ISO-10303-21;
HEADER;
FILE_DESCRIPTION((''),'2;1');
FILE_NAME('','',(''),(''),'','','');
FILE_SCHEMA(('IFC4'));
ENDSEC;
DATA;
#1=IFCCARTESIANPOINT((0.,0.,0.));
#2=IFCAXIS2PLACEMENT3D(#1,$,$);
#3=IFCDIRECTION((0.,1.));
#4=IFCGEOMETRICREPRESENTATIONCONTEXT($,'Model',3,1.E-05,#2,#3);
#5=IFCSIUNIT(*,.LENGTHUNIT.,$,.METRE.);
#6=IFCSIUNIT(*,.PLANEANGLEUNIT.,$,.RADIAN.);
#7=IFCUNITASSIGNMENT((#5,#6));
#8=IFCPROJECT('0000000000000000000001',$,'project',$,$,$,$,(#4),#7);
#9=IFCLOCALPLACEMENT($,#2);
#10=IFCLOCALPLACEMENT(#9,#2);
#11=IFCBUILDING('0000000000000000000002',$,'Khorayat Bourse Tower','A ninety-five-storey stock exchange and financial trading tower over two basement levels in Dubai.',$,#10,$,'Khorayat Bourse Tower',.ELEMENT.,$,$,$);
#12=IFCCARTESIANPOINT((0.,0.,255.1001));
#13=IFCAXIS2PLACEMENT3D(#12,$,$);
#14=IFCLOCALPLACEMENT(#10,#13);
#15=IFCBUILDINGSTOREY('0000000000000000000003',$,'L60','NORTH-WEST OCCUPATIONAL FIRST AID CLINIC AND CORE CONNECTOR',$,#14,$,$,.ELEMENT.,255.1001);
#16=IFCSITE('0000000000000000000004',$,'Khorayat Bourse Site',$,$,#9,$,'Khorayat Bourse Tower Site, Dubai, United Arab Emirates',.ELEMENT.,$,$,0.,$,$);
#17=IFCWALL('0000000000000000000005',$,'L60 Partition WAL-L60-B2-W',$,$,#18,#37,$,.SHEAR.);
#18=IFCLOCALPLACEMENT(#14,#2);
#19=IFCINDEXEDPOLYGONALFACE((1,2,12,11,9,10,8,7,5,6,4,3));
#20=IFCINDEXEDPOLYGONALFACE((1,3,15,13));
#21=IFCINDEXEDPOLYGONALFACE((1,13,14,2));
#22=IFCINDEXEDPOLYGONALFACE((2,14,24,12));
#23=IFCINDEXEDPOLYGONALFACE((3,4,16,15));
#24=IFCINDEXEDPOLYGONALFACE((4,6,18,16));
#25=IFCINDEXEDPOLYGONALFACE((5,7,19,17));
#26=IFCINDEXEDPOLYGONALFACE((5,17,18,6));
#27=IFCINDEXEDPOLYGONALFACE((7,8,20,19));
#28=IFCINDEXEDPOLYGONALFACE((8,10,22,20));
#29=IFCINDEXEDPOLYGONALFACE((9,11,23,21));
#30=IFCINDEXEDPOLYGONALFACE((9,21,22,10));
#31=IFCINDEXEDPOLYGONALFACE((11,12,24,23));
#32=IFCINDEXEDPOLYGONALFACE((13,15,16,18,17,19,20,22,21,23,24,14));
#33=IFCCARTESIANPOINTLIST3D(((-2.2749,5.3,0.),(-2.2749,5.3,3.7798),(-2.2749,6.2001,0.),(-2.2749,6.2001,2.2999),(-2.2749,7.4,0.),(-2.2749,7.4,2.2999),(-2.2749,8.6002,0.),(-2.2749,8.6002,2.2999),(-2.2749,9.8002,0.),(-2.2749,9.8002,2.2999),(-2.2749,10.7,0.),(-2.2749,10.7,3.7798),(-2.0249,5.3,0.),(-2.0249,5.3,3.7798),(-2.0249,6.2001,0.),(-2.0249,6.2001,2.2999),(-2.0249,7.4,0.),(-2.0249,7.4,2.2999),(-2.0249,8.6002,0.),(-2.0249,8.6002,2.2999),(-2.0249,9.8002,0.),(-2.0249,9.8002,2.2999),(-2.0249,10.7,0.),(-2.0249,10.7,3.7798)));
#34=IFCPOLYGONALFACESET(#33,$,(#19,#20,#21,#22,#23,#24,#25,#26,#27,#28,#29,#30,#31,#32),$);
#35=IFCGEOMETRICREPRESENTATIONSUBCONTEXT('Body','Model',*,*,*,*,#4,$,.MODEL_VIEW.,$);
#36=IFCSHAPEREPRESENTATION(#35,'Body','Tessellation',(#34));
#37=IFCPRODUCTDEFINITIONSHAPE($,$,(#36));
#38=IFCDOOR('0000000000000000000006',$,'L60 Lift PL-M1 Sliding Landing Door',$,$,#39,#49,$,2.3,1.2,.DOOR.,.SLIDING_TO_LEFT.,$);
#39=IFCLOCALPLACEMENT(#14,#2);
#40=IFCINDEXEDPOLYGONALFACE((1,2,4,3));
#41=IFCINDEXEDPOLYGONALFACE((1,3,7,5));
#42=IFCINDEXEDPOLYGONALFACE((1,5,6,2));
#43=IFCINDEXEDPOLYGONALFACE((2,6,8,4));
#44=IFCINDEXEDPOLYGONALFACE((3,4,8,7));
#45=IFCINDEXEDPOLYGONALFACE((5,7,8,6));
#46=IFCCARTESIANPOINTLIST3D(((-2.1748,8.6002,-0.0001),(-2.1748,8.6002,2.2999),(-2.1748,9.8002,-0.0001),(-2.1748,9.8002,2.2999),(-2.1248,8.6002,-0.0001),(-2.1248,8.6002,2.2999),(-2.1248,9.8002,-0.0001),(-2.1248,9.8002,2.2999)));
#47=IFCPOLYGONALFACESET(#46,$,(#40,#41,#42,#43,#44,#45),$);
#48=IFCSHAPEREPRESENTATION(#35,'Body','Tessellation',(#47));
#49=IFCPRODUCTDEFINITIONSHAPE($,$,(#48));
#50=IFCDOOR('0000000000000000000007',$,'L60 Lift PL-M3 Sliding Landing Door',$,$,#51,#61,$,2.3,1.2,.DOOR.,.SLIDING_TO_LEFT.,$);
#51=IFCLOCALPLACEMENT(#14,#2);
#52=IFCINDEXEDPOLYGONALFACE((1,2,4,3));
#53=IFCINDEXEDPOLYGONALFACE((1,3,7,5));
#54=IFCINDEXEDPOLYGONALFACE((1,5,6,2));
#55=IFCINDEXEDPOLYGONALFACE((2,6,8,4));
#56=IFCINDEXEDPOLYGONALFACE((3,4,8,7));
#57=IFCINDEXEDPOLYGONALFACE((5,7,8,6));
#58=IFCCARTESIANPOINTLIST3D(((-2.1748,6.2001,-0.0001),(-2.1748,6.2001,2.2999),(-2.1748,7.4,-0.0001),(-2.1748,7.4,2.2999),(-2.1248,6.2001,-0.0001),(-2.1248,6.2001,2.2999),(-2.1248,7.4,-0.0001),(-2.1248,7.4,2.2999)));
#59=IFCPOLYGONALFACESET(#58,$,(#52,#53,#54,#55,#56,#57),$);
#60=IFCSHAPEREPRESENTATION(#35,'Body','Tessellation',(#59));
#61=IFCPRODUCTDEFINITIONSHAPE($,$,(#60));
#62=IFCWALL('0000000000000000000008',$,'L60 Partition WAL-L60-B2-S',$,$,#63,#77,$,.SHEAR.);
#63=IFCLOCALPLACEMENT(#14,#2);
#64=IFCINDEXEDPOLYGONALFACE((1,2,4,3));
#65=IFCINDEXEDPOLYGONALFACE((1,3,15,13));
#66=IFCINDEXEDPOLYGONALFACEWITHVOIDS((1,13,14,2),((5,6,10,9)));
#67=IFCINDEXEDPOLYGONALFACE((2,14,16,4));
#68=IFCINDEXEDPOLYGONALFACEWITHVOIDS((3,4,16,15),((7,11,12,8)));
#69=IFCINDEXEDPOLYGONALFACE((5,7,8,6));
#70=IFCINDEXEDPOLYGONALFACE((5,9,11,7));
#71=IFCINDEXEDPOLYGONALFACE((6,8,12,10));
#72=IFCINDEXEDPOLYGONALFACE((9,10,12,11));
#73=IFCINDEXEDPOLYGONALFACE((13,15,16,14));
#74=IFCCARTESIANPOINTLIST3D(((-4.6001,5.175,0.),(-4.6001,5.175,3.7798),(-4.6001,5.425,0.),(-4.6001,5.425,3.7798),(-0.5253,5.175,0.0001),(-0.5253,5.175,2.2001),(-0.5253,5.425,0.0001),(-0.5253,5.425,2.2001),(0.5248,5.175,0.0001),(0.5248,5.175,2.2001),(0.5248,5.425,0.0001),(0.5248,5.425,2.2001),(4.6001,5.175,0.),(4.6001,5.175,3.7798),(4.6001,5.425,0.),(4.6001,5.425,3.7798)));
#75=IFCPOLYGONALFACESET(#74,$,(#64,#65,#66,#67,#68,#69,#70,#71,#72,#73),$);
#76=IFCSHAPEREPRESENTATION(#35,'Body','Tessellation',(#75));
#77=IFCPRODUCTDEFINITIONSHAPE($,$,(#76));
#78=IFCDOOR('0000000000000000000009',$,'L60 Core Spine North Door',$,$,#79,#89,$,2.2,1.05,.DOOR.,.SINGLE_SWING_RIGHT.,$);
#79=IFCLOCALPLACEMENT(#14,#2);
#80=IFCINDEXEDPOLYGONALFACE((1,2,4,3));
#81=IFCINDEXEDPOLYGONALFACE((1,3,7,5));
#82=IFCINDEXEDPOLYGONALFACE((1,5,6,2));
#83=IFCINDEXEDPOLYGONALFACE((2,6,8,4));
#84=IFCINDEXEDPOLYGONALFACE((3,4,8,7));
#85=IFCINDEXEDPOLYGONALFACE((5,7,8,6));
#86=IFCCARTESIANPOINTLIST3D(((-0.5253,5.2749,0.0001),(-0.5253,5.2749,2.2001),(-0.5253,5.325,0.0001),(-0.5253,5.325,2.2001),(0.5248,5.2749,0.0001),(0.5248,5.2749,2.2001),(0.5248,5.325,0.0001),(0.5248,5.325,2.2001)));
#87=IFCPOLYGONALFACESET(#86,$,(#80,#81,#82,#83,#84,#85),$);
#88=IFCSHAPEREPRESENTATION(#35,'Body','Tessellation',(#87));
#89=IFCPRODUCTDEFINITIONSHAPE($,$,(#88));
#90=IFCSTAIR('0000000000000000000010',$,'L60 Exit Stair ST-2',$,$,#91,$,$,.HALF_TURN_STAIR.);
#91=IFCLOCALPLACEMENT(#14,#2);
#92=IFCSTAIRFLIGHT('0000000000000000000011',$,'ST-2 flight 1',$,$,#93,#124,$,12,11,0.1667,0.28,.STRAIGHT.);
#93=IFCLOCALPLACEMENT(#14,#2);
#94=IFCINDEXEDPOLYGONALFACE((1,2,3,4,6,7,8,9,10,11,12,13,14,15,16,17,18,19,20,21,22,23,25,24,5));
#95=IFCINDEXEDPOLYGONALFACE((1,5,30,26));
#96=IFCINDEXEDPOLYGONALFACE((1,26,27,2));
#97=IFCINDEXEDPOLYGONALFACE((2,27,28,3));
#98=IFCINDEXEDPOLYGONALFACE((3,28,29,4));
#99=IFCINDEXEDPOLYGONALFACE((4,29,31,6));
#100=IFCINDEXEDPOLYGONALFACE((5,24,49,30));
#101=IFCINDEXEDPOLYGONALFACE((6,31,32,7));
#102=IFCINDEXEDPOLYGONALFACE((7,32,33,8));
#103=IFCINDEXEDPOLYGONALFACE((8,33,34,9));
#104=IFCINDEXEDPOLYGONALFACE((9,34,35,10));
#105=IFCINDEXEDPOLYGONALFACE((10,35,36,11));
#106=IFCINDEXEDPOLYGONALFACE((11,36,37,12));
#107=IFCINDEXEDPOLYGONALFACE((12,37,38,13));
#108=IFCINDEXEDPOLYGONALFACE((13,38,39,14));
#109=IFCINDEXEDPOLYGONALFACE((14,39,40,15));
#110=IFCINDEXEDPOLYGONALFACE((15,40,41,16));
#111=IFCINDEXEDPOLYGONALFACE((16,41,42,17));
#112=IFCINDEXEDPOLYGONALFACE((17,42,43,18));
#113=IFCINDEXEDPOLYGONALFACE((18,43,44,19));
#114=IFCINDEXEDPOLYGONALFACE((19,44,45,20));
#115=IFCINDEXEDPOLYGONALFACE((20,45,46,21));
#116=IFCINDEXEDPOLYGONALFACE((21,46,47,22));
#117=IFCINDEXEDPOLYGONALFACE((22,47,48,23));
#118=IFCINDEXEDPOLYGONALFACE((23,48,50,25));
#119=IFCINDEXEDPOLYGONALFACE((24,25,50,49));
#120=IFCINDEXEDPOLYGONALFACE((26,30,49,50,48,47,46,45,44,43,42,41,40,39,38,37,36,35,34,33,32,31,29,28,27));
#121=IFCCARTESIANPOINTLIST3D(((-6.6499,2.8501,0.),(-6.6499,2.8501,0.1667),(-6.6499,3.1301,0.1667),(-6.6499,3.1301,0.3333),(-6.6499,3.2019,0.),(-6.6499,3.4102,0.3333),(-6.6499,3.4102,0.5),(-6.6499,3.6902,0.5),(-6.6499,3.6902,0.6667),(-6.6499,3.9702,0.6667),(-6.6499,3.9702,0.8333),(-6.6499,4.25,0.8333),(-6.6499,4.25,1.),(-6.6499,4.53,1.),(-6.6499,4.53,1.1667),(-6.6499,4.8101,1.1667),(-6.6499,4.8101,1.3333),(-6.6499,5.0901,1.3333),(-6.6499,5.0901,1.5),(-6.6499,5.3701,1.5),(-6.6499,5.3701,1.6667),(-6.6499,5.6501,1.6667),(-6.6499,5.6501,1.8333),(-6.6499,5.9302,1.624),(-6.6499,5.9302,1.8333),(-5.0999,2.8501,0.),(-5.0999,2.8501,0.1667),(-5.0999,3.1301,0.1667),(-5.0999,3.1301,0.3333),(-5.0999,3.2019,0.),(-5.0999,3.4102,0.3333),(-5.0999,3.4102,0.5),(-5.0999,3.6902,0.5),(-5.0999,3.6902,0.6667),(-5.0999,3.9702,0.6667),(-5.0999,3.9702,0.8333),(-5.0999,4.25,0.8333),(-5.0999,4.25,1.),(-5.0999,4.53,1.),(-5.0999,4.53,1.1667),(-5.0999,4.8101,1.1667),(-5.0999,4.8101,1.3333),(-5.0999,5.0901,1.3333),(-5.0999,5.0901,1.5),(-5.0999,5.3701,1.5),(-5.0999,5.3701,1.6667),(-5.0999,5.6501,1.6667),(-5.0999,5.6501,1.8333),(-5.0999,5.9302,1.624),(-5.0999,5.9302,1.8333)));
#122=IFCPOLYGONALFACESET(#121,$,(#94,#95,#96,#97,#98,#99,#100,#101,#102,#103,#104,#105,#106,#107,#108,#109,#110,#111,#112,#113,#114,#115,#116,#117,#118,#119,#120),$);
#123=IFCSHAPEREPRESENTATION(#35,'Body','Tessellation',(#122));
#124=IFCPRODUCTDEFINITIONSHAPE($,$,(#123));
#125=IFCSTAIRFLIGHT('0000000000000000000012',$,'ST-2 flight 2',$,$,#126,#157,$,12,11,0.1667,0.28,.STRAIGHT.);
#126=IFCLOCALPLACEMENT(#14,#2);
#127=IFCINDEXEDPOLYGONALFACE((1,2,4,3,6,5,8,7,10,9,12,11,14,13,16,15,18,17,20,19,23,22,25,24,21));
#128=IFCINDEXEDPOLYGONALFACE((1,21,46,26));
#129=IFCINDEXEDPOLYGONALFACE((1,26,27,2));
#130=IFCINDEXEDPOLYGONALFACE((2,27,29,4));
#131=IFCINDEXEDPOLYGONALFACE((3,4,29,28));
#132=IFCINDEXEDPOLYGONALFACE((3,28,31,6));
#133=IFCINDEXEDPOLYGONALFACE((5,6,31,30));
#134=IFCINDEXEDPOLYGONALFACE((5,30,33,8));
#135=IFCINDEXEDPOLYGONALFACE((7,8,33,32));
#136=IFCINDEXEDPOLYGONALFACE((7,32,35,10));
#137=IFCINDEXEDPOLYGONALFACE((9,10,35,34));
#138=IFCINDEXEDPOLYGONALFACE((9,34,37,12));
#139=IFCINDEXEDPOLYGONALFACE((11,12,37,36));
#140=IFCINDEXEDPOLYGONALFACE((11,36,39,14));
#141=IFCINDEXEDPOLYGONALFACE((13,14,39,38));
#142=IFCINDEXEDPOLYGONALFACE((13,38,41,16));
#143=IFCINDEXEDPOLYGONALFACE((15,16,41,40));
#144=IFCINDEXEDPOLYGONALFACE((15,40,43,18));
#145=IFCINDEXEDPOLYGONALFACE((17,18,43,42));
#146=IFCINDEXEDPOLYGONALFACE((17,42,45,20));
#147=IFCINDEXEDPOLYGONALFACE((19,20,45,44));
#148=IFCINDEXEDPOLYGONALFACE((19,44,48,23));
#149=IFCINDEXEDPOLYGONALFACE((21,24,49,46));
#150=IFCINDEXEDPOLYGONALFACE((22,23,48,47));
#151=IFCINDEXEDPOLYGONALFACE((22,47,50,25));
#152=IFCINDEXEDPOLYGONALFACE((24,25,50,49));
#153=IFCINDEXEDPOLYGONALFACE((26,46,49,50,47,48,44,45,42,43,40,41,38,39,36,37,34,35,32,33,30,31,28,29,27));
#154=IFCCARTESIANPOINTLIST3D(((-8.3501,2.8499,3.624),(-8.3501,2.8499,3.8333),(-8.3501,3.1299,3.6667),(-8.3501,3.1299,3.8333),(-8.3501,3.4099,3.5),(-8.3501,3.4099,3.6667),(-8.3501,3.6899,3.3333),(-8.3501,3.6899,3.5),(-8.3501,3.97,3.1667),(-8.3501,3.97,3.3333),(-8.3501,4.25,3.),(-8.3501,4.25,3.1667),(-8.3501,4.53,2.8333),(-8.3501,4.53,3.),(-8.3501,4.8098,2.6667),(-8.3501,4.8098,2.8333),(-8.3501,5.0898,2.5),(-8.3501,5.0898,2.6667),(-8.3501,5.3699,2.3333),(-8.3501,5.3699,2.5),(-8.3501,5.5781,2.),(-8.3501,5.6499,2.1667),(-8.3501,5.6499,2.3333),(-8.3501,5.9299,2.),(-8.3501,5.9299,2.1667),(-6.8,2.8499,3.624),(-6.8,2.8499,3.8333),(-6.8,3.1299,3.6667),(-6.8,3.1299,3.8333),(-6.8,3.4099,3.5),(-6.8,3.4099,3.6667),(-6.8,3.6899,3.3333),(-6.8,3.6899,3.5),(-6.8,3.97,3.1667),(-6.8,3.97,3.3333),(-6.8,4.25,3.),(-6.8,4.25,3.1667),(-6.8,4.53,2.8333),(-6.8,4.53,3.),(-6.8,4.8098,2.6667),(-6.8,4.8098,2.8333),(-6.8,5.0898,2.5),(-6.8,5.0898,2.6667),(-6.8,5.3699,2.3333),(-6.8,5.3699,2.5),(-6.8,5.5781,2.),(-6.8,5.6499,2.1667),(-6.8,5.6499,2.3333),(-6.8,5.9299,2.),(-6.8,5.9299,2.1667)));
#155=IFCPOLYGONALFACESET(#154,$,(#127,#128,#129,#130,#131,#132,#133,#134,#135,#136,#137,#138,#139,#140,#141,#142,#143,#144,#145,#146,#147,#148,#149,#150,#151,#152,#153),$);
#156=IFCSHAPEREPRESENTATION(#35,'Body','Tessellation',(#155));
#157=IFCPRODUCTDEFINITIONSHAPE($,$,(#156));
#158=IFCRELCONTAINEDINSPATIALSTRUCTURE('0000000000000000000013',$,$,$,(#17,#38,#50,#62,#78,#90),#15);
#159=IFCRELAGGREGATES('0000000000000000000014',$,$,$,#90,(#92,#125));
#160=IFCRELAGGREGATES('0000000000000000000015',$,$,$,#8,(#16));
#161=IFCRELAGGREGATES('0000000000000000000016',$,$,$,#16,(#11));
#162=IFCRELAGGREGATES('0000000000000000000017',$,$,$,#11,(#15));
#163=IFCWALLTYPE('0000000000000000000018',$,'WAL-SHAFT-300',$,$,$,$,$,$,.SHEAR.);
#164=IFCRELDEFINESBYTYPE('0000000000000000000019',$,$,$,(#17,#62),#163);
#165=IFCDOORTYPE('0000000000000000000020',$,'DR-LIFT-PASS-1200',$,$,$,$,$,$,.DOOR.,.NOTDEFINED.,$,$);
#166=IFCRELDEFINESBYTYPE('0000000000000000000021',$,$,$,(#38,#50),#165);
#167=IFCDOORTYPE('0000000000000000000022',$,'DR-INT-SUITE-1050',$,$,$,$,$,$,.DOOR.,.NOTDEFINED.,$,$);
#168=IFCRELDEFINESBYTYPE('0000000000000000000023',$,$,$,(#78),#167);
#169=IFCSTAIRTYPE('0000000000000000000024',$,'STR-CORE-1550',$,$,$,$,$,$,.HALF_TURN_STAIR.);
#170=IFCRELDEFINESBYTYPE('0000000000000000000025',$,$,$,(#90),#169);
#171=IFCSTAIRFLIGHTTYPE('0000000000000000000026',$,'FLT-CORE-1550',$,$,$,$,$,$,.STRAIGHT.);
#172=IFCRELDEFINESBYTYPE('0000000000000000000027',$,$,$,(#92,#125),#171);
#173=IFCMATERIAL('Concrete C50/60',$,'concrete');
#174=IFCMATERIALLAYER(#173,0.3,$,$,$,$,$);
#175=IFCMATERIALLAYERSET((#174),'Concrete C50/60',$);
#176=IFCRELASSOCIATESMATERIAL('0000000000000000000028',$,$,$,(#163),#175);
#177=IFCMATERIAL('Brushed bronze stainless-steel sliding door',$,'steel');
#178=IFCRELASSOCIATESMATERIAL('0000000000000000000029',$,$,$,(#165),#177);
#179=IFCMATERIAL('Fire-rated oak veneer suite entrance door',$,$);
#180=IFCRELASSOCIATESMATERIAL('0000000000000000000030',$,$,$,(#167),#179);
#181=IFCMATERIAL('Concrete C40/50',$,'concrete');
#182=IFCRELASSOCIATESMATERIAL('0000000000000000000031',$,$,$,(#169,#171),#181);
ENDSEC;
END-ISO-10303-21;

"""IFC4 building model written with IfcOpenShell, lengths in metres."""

from ifc_helpers import new_model, si_unit, direction, frame, frame_2d, origin, place, context, subcontext, project, spatial, polyline, rectangle, outline, extrude, source, transform, mapped, material, layer, layer_set, type_object, element, fill, aggregate, save


model = new_model("IFC4")

# Units and contexts
model_context = context("Model", 3, precision=1e-05, world=origin(), true_north=direction((0.0, 1.0)))
body_context = subcontext(model_context, "Body", "Model", "MODEL_VIEW")
ifc_project = project(units=[si_unit("LENGTHUNIT", "METRE"), si_unit("PLANEANGLEUNIT", "RADIAN")], contexts=[model_context])

# Site, building, storey
site_placement = place(None, origin())
site = spatial("IfcSite", under=ifc_project, at=site_placement, Name="Khorayat Bourse Site", LongName="Khorayat Bourse Tower Site, Dubai, United Arab Emirates", CompositionType="ELEMENT", RefElevation=0.0)
building_placement = place(site_placement, origin())
building = spatial("IfcBuilding", under=site, at=building_placement, Name="Khorayat Bourse Tower", Description="A ninety-five-storey stock exchange and financial trading tower over two basement levels in Dubai.", LongName="Khorayat Bourse Tower", CompositionType="ELEMENT")
storey_placement = place(building_placement, frame((0.0, 0.0, 255.1001)))
storey = spatial("IfcBuildingStorey", under=building, at=storey_placement, Name="L60", Description="NORTH-WEST OCCUPATIONAL FIRST AID CLINIC AND CORE CONNECTOR", CompositionType="ELEMENT", Elevation=255.1001)

# Shared definitions
ifc_material_1 = material(Name="Concrete C40/50", Category="concrete")

# Shared definitions
ifc_material_2 = material(Name="Concrete C50/60", Category="concrete")
ifc_layer_1 = layer(ifc_material_2, 0.3)
ifc_layer_set_1 = layer_set([ifc_layer_1], Name="Concrete C50/60")
wall_type_1 = type_object("IfcWallType", Name="WAL-SHAFT-300", PredefinedType="SHEAR", material=ifc_layer_set_1)

# Wall, openings, doors
shared_shape_1 = source(origin(), body_context, "Body", "SweptSolid", [
    extrude(rectangle(XDim=5.3999, YDim=0.25, at=frame_2d((2.7, 0.0))), origin(), (0.0, 0.0, 1.0), 3.7798),
])
wall_1_placement = place(storey_placement, frame((-2.1499, 5.3, 0.0), z_axis=(0.0, 0.0, 1.0), x_axis=(0.0, 1.0, 0.0)))
wall_1 = element("IfcWall", 1, at=wall_1_placement, inside=storey, type_object=wall_type_1, Name="L60 Partition WAL-L60-B2-W", PredefinedType="SHEAR", context=body_context, shape_type="MappedRepresentation", body=[
    mapped(shared_shape_1, transform((0.0, 0.0, 0.0), scale=1.0)),
])
shared_shape_2 = source(origin(), body_context, "Body", "SweptSolid", [
    extrude(rectangle(XDim=1.2, YDim=2.3, at=frame_2d((0.6001, 1.1499))), frame((0.0, 0.135, 0.0), z_axis=(0.0, -1.0, 0.0), x_axis=(1.0, 0.0, 0.0)), (0.0, 0.0, 1.0), 0.27),
])
opening_1_placement = place(wall_1_placement, frame((3.3, 0.0, 0.0)))
opening_1 = element("IfcOpeningElement", 2, at=opening_1_placement, cuts=wall_1, PredefinedType="OPENING", context=body_context, shape_type="MappedRepresentation", body=[
    mapped(shared_shape_2, transform((0.0, 0.0, 0.0), scale=1.0)),
])
opening_2_placement = place(wall_1_placement, frame((0.8999, 0.0, 0.0)))
opening_2 = element("IfcOpeningElement", 3, at=opening_2_placement, cuts=wall_1, PredefinedType="OPENING", context=body_context, shape_type="MappedRepresentation", body=[
    mapped(shared_shape_2, transform((0.0, 0.0, 0.0), scale=1.0)),
])
ifc_material_3 = material(Name="Brushed bronze stainless-steel sliding door", Category="steel")
door_type_1 = type_object("IfcDoorType", Name="DR-LIFT-PASS-1200", OperationType="NOTDEFINED", PredefinedType="DOOR", material=ifc_material_3)
shared_shape_3 = source(origin(), body_context, "Body", "SweptSolid", [
    extrude(rectangle(XDim=1.2, YDim=2.3, at=frame_2d((0.6001, 1.1499))), frame((0.0, 0.0249, 0.0), z_axis=(0.0, -1.0, 0.0), x_axis=(1.0, 0.0, 0.0)), (0.0, 0.0, 1.0), 0.05),
])
door_1_placement = place(opening_1_placement, origin())
door_1 = element("IfcDoor", 4, at=door_1_placement, inside=storey, type_object=door_type_1, Name="L60 Lift PL-M1 Sliding Landing Door", OperationType="SLIDING_TO_LEFT", OverallHeight=2.3, OverallWidth=1.2, PredefinedType="DOOR", context=body_context, shape_type="MappedRepresentation", body=[
    mapped(shared_shape_3, transform((0.0, 0.0, 0.0), scale=1.0)),
])
fill(opening_1, door_1)
door_2_placement = place(opening_2_placement, origin())
door_2 = element("IfcDoor", 5, at=door_2_placement, inside=storey, type_object=door_type_1, Name="L60 Lift PL-M3 Sliding Landing Door", OperationType="SLIDING_TO_LEFT", OverallHeight=2.3, OverallWidth=1.2, PredefinedType="DOOR", context=body_context, shape_type="MappedRepresentation", body=[
    mapped(shared_shape_3, transform((0.0, 0.0, 0.0), scale=1.0)),
])
fill(opening_2, door_2)

# Wall, opening, door
shared_shape_4 = source(origin(), body_context, "Body", "SweptSolid", [
    extrude(rectangle(XDim=9.2002, YDim=0.25, at=frame_2d((4.6001, 0.0))), origin(), (0.0, 0.0, 1.0), 3.7798),
])
wall_2_placement = place(storey_placement, frame((-4.6001, 5.3, 0.0), z_axis=(0.0, 0.0, 1.0), x_axis=(1.0, 0.0, 0.0)))
wall_2 = element("IfcWall", 6, at=wall_2_placement, inside=storey, type_object=wall_type_1, Name="L60 Partition WAL-L60-B2-S", PredefinedType="SHEAR", context=body_context, shape_type="MappedRepresentation", body=[
    mapped(shared_shape_4, transform((0.0, 0.0, 0.0), scale=1.0)),
])
shared_shape_5 = source(origin(), body_context, "Body", "SweptSolid", [
    extrude(rectangle(XDim=1.05, YDim=2.2, at=frame_2d((0.5249, 1.1001))), frame((0.0, 0.135, 0.0), z_axis=(0.0, -1.0, 0.0), x_axis=(1.0, 0.0, 0.0)), (0.0, 0.0, 1.0), 0.27),
])
opening_3_placement = place(wall_2_placement, frame((4.075, 0.0, 0.0)))
opening_3 = element("IfcOpeningElement", 7, at=opening_3_placement, cuts=wall_2, PredefinedType="OPENING", context=body_context, shape_type="MappedRepresentation", body=[
    mapped(shared_shape_5, transform((0.0, 0.0, 0.0), scale=1.0)),
])
ifc_material_4 = material(Name="Fire-rated oak veneer suite entrance door")
door_type_2 = type_object("IfcDoorType", Name="DR-INT-SUITE-1050", OperationType="NOTDEFINED", PredefinedType="DOOR", material=ifc_material_4)
shared_shape_6 = source(origin(), body_context, "Body", "SweptSolid", [
    extrude(rectangle(XDim=1.05, YDim=2.2, at=frame_2d((0.5249, 1.1001))), frame((0.0, 0.0249, 0.0), z_axis=(0.0, -1.0, 0.0), x_axis=(1.0, 0.0, 0.0)), (0.0, 0.0, 1.0), 0.05),
])
door_3_placement = place(opening_3_placement, origin())
door_3 = element("IfcDoor", 8, at=door_3_placement, inside=storey, type_object=door_type_2, Name="L60 Core Spine North Door", OperationType="SINGLE_SWING_RIGHT", OverallHeight=2.2, OverallWidth=1.05, PredefinedType="DOOR", context=body_context, shape_type="MappedRepresentation", body=[
    mapped(shared_shape_6, transform((0.0, 0.0, 0.0), scale=1.0)),
])
fill(opening_3, door_3)

# Stair, stair flights
stair_type = type_object("IfcStairType", Name="STR-CORE-1550", PredefinedType="HALF_TURN_STAIR", material=ifc_material_1)
stair_placement = place(storey_placement, origin())
stair = element("IfcStair", 9, at=stair_placement, inside=storey, type_object=stair_type, Name="L60 Exit Stair ST-2", PredefinedType="HALF_TURN_STAIR")
stair_flight_type = type_object("IfcStairFlightType", Name="FLT-CORE-1550", PredefinedType="STRAIGHT", material=ifc_material_1)
shared_shape_7 = source(origin(), body_context, "Body", "SweptSolid", [
    extrude(outline(polyline([(0.0, 0.0), (0.0, 0.1667), (0.28, 0.1667), (0.28, 0.3333), (0.5601, 0.3333), (0.5601, 0.5), (0.8401, 0.5), (0.8401, 0.6667), (1.1201, 0.6667), (1.1201, 0.8333), (1.3999, 0.8333), (1.3999, 1.0), (1.6799, 1.0), (1.6799, 1.1667), (1.96, 1.1667), (1.96, 1.3333), (2.24, 1.3333), (2.24, 1.5), (2.52, 1.5), (2.52, 1.6667), (2.8, 1.6667), (2.8, 1.8333), (3.0801, 1.8333), (3.0801, 2.0), (3.0801, 1.624), (0.3518, 0.0), (0.0, 0.0)])), frame((0.0, 0.7749, 0.0), z_axis=(0.0, -1.0, 0.0), x_axis=(1.0, 0.0, 0.0)), (0.0, 0.0, 1.0), 1.55),
])
stair_flight_1_placement = place(storey_placement, frame((-5.875, 2.8501, 0.0), z_axis=(0.0, 0.0, 1.0), x_axis=(0.0, 1.0, 0.0)))
stair_flight_1 = element("IfcStairFlight", 10, at=stair_flight_1_placement, type_object=stair_flight_type, Name="ST-2 flight 1", NumberOfRisers=12, NumberOfTreads=11, PredefinedType="STRAIGHT", RiserHeight=0.1667, TreadLength=0.28, context=body_context, shape_type="MappedRepresentation", body=[
    mapped(shared_shape_7, transform((0.0, 0.0, 0.0), scale=1.0)),
])
stair_flight_2_placement = place(storey_placement, frame((-7.575, 5.9299, 2.0), z_axis=(0.0, 0.0, 1.0), x_axis=(0.0, -1.0, 0.0)))
stair_flight_2 = element("IfcStairFlight", 11, at=stair_flight_2_placement, type_object=stair_flight_type, Name="ST-2 flight 2", NumberOfRisers=12, NumberOfTreads=11, PredefinedType="STRAIGHT", RiserHeight=0.1667, TreadLength=0.28, context=body_context, shape_type="MappedRepresentation", body=[
    mapped(shared_shape_7, transform((0.0, 0.0, 0.0), scale=1.0)),
])
aggregate(stair, [stair_flight_1, stair_flight_2])

save(model, "model.ifc")
